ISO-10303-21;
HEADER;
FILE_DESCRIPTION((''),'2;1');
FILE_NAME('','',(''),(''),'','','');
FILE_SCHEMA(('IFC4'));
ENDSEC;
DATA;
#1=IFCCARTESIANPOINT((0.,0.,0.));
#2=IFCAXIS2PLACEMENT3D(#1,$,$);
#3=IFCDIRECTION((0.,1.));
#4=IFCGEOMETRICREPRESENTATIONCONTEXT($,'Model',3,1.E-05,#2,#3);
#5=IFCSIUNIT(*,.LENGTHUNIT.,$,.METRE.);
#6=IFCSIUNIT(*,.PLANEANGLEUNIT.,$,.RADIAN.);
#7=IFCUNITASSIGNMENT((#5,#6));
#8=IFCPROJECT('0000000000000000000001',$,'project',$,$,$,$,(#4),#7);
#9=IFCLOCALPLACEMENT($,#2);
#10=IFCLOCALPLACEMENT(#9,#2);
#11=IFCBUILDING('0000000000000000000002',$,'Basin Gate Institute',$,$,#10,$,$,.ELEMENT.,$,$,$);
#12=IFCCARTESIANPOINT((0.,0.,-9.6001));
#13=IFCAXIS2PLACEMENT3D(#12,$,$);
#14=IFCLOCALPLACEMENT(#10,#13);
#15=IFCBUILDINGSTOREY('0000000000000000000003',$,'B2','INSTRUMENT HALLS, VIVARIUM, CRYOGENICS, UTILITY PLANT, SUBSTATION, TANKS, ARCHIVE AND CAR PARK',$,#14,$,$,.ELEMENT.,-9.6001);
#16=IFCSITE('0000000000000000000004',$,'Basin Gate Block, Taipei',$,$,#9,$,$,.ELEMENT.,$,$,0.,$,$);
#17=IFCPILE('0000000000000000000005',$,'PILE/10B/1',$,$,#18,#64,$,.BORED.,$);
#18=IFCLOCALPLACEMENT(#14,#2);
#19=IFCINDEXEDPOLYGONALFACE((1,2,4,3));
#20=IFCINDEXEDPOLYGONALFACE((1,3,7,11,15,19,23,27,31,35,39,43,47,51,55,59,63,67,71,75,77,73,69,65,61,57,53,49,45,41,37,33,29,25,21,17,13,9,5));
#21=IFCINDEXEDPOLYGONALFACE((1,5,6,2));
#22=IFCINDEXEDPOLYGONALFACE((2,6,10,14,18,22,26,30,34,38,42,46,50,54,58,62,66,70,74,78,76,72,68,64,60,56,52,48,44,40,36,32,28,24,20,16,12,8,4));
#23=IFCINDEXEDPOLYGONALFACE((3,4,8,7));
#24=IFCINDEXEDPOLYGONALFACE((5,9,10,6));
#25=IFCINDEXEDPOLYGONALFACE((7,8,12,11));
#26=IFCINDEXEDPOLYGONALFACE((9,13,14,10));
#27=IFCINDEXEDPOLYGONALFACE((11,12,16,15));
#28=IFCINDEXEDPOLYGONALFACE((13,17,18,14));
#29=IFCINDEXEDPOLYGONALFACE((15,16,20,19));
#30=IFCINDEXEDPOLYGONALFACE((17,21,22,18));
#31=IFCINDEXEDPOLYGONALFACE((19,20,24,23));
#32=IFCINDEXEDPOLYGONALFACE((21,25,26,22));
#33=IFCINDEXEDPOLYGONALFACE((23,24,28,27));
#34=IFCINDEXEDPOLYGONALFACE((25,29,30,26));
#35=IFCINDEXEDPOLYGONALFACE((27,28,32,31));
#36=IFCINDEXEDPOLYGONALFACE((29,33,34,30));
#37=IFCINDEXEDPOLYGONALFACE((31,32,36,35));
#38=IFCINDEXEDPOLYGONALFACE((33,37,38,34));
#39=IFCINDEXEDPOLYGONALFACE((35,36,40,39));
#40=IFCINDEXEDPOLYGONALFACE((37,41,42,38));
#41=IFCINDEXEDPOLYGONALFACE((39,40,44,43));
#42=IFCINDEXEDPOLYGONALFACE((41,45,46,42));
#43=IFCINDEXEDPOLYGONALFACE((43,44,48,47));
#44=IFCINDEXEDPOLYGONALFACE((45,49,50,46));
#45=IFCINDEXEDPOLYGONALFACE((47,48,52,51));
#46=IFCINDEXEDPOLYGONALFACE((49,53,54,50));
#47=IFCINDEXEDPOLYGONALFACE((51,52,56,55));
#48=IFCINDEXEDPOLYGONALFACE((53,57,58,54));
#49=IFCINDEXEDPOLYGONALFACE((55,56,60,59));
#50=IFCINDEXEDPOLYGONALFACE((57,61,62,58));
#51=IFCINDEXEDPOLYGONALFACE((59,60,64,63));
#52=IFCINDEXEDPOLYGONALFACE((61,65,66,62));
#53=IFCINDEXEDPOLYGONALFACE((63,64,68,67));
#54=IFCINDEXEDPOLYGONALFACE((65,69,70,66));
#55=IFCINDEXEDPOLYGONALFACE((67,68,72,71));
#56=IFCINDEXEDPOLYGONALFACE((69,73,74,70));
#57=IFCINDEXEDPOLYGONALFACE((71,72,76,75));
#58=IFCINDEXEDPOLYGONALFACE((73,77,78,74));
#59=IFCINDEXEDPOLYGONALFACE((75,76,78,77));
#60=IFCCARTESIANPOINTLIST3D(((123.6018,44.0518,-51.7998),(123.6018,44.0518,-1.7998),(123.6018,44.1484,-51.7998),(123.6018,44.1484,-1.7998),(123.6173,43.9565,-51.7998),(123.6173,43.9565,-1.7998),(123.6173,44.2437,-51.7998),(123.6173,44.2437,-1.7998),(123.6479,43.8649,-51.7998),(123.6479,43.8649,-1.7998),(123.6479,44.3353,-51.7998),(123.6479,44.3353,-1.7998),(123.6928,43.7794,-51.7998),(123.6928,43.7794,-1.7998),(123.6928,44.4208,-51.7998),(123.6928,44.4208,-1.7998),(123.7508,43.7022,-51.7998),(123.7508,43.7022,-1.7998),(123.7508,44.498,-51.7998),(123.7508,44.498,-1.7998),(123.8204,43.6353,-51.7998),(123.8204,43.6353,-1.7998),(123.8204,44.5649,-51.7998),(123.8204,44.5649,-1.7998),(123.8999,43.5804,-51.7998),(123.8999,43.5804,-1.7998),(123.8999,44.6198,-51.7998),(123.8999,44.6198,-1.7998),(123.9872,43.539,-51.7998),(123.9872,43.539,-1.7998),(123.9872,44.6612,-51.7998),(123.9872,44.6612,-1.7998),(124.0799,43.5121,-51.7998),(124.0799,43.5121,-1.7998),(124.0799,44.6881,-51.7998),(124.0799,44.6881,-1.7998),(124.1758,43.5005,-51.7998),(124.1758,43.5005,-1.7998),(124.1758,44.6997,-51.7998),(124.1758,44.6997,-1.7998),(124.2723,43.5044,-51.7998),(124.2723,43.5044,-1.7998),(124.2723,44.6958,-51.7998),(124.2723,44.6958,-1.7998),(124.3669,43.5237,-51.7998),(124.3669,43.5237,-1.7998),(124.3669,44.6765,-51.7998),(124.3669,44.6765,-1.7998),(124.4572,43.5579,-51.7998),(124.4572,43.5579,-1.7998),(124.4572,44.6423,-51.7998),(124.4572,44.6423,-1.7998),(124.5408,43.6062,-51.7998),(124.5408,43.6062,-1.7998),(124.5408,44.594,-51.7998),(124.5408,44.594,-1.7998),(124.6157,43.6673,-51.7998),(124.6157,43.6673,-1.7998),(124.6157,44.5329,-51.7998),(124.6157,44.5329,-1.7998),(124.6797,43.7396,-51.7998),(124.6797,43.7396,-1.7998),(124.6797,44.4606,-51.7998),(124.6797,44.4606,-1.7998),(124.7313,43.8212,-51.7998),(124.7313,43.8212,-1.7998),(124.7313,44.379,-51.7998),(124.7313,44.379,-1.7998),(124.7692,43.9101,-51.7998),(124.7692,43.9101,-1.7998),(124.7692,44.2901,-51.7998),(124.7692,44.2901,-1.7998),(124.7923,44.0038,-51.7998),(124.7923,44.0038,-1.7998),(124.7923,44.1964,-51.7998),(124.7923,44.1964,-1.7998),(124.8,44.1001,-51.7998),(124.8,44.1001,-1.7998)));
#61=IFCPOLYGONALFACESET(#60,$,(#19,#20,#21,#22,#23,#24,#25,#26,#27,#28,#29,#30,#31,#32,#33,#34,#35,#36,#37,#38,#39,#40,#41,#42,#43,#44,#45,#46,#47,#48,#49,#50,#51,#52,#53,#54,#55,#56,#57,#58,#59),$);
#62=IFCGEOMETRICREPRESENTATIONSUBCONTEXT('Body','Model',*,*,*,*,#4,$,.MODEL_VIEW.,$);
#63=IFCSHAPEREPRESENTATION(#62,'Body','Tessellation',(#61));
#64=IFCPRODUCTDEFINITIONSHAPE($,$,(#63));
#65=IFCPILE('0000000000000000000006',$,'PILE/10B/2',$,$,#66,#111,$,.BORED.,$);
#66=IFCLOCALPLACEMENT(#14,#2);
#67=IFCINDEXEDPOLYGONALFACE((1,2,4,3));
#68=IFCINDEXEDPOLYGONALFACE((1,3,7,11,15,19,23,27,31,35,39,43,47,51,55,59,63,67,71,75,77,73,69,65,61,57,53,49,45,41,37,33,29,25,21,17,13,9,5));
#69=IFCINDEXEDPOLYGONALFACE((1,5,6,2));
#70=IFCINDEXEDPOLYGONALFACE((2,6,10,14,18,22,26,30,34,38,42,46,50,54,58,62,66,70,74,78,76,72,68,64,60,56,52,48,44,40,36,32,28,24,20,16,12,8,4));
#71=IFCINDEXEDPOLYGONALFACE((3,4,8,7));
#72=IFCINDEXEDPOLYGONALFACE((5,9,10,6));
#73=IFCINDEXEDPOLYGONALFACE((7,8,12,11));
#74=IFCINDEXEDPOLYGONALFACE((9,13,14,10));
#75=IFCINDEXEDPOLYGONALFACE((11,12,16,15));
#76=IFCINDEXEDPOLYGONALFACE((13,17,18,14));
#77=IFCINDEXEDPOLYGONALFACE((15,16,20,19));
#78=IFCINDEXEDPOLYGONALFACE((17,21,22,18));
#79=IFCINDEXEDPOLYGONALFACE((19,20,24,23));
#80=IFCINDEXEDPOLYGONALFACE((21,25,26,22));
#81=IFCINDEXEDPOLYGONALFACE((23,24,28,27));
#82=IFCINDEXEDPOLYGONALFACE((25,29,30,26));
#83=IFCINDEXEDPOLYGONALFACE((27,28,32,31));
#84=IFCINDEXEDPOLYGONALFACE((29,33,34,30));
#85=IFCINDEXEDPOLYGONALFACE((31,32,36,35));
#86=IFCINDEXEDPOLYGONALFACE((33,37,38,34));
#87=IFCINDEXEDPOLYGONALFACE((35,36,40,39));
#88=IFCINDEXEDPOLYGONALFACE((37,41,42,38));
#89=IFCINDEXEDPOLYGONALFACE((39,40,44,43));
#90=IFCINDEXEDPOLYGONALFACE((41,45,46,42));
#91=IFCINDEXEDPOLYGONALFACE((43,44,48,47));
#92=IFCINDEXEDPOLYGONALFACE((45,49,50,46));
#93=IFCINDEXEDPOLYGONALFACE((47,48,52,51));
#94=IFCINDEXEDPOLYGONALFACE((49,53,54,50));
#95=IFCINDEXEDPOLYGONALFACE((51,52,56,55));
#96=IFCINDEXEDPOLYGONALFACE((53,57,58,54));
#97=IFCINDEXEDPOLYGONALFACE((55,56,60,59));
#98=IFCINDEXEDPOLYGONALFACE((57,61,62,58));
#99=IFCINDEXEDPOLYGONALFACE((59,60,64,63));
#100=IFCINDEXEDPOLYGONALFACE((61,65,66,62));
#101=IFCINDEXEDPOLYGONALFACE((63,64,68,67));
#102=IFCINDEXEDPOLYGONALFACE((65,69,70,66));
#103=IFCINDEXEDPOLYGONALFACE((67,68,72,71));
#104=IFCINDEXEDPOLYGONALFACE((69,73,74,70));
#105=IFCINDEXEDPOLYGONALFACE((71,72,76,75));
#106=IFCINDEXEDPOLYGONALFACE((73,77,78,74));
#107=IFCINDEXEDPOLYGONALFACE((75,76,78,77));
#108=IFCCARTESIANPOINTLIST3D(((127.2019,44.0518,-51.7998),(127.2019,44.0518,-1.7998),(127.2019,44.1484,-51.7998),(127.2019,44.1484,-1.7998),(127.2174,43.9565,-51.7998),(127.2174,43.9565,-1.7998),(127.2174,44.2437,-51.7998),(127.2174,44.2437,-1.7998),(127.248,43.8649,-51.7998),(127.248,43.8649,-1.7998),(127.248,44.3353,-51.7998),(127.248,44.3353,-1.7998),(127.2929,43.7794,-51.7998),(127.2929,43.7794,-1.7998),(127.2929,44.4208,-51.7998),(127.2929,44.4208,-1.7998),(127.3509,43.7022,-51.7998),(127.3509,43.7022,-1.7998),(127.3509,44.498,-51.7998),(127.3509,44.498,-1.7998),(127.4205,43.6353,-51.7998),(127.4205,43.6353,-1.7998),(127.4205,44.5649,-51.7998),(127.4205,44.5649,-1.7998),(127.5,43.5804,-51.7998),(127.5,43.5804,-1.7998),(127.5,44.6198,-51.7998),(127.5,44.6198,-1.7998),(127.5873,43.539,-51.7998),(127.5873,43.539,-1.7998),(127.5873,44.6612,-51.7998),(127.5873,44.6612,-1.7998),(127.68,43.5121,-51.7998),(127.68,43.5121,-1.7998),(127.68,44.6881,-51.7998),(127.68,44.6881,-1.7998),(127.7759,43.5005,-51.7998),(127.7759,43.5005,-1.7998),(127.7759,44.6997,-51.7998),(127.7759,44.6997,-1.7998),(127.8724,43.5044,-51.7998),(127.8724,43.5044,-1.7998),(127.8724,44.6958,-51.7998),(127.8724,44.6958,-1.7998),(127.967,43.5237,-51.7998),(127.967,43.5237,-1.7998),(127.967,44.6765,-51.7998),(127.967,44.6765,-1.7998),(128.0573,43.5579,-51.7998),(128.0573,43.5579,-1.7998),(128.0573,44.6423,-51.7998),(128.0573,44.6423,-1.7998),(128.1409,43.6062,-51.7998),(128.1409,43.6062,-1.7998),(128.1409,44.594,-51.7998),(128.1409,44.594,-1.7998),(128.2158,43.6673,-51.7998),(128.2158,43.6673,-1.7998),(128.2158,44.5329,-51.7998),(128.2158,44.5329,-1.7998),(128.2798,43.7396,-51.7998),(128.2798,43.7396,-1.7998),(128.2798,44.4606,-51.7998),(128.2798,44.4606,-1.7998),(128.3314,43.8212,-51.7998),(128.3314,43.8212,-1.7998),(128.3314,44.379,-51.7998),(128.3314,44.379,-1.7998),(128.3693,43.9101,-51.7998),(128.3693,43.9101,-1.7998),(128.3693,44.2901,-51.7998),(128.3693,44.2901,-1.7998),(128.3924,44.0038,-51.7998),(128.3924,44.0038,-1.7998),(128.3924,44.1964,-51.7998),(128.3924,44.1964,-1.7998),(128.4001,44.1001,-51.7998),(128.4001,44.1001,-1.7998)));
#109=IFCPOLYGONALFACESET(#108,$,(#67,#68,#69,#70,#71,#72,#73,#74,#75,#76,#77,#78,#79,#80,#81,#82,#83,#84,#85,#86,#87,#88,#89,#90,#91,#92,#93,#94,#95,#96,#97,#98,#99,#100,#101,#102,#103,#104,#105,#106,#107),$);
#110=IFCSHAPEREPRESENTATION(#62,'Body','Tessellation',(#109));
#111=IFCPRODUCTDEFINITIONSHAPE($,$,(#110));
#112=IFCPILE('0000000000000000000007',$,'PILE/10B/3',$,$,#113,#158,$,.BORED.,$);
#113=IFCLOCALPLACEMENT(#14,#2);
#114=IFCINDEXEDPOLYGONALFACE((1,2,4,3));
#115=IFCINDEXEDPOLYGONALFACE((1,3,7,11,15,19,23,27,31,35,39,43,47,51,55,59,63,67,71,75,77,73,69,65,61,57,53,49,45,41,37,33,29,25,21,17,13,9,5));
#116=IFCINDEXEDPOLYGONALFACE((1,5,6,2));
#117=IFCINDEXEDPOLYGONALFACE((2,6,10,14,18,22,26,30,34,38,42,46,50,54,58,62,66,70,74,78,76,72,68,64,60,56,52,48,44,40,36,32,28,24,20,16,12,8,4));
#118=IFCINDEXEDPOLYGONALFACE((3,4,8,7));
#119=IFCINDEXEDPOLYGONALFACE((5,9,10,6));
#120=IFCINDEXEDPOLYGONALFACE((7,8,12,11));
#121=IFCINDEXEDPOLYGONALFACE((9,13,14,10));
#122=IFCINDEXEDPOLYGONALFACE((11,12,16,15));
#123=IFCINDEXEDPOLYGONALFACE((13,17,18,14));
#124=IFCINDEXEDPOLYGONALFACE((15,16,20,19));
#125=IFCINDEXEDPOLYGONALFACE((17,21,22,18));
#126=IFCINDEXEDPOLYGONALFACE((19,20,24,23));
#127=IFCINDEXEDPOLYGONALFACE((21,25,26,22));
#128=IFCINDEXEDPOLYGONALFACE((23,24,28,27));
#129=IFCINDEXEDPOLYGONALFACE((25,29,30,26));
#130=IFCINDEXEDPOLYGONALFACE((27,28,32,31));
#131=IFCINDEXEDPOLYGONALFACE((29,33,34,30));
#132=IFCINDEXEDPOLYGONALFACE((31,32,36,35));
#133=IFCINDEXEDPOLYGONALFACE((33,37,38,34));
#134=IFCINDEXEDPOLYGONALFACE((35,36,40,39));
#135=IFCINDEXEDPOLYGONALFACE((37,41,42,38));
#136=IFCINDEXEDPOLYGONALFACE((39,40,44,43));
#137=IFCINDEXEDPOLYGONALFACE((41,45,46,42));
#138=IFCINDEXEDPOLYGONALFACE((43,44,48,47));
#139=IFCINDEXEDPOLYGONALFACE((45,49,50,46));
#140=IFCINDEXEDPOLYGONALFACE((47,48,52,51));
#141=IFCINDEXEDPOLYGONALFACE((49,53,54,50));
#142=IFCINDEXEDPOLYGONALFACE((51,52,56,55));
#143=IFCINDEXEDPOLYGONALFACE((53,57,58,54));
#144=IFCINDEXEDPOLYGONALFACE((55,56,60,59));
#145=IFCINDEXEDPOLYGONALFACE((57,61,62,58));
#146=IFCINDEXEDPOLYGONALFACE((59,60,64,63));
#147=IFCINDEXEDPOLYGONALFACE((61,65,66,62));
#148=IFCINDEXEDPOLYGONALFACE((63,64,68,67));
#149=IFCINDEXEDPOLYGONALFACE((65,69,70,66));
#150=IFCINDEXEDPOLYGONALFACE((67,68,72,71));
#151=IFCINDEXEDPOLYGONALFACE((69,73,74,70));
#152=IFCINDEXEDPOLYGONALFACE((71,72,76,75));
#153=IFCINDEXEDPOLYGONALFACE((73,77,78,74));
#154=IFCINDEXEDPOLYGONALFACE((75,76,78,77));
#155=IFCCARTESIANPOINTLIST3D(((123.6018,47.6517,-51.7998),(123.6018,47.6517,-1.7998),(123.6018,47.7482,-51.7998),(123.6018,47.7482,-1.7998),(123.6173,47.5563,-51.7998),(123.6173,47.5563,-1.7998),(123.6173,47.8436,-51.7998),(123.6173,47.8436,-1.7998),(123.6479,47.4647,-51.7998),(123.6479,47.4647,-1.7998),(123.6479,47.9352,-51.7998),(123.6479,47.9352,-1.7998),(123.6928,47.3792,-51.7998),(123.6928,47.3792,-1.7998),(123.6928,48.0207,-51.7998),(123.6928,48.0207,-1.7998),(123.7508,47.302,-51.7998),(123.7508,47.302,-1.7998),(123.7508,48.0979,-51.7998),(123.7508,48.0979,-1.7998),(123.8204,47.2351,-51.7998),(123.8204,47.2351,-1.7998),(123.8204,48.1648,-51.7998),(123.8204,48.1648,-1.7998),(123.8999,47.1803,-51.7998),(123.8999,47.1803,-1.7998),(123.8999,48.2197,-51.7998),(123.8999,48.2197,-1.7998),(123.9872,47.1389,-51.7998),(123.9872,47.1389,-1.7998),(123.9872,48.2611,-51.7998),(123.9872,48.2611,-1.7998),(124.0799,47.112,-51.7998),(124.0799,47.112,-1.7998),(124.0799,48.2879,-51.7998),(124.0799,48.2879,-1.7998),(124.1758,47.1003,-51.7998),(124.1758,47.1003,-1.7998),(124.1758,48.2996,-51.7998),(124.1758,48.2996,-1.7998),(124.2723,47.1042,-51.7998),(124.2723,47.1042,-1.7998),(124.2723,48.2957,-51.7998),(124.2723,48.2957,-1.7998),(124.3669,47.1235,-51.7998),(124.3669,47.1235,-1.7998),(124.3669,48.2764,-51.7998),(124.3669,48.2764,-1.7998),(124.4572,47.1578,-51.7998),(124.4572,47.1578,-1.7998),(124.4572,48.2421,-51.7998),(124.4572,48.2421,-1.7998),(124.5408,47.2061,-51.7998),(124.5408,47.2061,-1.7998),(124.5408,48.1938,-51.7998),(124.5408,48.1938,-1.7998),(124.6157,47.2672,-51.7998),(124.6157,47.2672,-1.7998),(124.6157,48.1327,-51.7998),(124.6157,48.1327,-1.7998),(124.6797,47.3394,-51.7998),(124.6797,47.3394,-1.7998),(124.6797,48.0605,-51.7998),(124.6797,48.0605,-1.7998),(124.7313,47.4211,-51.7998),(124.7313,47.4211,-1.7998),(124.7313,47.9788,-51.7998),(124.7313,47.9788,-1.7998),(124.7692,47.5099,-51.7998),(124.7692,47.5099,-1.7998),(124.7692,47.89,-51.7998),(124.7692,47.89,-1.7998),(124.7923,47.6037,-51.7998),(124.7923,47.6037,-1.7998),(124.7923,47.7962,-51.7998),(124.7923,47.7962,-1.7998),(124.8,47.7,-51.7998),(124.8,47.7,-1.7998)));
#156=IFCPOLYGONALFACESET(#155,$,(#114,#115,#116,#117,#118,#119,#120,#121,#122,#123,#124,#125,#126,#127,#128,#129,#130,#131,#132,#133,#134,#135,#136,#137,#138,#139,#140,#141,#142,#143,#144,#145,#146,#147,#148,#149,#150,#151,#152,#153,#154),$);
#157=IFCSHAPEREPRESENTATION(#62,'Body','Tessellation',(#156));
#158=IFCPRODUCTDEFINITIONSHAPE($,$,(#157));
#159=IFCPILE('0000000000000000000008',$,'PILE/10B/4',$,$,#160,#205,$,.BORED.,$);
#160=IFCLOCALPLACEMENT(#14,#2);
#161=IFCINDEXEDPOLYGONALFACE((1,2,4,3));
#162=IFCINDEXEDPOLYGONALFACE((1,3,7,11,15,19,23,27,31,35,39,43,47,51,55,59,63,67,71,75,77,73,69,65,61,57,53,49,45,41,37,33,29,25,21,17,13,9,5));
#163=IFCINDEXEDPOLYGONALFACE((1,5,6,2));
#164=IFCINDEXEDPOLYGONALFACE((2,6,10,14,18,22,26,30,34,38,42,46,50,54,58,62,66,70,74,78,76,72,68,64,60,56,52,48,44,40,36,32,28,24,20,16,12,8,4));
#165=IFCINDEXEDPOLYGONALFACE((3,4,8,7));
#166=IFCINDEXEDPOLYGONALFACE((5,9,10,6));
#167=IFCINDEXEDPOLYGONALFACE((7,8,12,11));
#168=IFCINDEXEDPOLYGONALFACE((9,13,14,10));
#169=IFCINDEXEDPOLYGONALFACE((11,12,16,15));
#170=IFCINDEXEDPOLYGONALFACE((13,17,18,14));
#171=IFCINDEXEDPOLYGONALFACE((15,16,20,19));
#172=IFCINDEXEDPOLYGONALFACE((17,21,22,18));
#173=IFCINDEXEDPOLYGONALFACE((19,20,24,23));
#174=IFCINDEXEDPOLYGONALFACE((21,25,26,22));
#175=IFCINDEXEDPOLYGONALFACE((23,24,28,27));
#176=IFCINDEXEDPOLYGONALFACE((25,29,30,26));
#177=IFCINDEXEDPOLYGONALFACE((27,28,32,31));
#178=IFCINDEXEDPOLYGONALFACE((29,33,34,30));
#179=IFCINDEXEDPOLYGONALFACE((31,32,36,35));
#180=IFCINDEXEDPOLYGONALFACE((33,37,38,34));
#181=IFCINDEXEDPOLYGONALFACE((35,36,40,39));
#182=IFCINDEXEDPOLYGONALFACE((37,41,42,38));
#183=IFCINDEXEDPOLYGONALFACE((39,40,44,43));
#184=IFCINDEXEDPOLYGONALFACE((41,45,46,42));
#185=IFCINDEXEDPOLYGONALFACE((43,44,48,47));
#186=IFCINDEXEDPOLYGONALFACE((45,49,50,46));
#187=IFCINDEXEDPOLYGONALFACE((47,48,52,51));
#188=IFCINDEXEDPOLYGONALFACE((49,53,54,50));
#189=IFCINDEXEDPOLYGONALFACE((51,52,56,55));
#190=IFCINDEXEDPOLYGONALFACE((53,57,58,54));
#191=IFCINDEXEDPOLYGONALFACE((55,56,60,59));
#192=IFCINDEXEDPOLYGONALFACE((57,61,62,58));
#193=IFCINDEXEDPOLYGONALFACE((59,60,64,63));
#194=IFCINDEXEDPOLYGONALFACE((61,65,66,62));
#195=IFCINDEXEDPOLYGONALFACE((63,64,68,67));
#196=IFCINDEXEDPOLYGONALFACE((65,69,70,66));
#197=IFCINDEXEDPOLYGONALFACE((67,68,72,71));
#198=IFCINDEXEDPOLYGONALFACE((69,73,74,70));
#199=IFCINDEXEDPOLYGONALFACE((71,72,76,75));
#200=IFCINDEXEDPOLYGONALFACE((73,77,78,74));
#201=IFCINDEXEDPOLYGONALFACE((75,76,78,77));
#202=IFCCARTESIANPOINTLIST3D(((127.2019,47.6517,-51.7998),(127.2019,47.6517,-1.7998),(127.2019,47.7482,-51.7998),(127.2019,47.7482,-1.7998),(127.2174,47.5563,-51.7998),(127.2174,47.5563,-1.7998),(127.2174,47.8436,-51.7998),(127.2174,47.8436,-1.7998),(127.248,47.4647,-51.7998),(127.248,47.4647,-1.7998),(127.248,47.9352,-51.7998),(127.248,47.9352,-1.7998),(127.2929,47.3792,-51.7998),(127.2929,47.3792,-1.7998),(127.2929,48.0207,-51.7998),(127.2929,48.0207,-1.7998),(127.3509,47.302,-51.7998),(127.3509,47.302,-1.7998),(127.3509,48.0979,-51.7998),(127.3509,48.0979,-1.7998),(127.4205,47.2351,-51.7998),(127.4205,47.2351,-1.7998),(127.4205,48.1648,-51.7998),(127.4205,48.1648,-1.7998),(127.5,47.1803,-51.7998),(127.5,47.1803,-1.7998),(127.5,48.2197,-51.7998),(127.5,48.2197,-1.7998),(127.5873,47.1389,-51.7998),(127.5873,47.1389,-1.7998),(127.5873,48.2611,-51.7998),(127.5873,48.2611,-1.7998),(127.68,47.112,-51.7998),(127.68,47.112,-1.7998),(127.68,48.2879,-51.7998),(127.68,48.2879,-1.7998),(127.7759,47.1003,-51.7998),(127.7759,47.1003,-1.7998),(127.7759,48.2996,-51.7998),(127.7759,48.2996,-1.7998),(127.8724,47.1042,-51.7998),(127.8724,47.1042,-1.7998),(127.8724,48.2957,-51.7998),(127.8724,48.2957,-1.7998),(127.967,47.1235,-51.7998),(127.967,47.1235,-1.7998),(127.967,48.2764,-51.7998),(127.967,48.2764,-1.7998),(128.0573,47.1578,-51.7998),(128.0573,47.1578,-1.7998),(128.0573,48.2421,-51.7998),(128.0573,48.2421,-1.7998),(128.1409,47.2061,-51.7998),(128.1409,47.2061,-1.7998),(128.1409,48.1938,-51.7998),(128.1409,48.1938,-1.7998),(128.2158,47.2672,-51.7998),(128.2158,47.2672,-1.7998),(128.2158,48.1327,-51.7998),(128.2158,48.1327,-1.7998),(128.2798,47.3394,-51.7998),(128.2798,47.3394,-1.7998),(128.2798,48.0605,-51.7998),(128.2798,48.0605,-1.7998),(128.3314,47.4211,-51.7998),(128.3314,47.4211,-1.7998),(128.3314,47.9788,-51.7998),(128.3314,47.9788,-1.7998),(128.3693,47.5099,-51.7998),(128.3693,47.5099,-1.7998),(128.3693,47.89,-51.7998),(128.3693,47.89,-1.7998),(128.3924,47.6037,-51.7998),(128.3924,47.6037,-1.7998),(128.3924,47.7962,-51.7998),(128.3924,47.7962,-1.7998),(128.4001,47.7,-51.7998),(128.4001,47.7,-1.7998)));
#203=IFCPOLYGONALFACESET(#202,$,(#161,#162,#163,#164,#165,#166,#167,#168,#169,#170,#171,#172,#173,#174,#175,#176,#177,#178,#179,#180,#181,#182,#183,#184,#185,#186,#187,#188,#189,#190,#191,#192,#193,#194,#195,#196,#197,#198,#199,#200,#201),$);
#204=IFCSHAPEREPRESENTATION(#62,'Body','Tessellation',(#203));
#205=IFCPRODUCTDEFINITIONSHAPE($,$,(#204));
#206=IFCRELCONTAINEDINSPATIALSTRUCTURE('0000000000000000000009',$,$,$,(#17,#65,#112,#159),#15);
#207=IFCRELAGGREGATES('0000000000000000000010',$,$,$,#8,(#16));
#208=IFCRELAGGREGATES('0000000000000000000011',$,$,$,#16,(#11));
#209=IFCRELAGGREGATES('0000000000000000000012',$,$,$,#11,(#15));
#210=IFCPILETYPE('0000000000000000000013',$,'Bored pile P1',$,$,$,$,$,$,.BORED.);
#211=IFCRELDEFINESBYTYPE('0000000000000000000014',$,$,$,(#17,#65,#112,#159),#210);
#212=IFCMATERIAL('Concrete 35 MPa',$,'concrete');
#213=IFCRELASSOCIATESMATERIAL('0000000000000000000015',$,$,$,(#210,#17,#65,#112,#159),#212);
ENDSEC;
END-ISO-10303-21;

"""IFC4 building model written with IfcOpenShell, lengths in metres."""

from ifc_helpers import new_model, si_unit, direction, frame, origin, origin_2d, place, context, subcontext, project, spatial, circle, extrude, material, material_profile, profile_set, type_object, element, save


model = new_model("IFC4")

# Units and contexts
model_context = context("Model", 3, precision=1e-05, world=origin(), true_north=direction((0.0, 1.0)))
body_context = subcontext(model_context, "Body", "Model", "MODEL_VIEW")
ifc_project = project(units=[si_unit("LENGTHUNIT", "METRE"), si_unit("PLANEANGLEUNIT", "RADIAN")], contexts=[model_context])

# Site, building, storey
site_placement = place(None, origin())
site = spatial("IfcSite", under=ifc_project, at=site_placement, Name="Basin Gate Block, Taipei", CompositionType="ELEMENT", RefElevation=0.0)
building_placement = place(site_placement, origin())
building = spatial("IfcBuilding", under=site, at=building_placement, Name="Basin Gate Institute", CompositionType="ELEMENT")
storey_placement = place(building_placement, frame((0.0, 0.0, -9.6001)))
storey = spatial("IfcBuildingStorey", under=building, at=storey_placement, Name="B2", Description="INSTRUMENT HALLS, VIVARIUM, CRYOGENICS, UTILITY PLANT, SUBSTATION, TANKS, ARCHIVE AND CAR PARK", CompositionType="ELEMENT", Elevation=-9.6001)

# Piles
ifc_material_1 = material(Name="Concrete 35 MPa", Category="concrete")
ifc_material_profile_1 = material_profile(ifc_material_1, circle(Radius=0.6001, at=origin_2d()), Name="Bored pile P1 1200 dia")
ifc_profile_set_1 = profile_set([ifc_material_profile_1], Name="Concrete 35 MPa")
pile_type = type_object("IfcPileType", Name="Bored pile P1", PredefinedType="BORED", material=ifc_profile_set_1)
for number, where, z_axis, x_axis, name in (
    (1, (124.2, 44.1001, -1.7998), (0.0, 0.0, -1.0), (1.0, 0.0, 0.0), "PILE/10B/1"),
    (2, (127.8, 44.1001, -1.7998), (0.0, 0.0, -1.0), (1.0, 0.0, 0.0), "PILE/10B/2"),
    (3, (124.2, 47.7, -1.7998), (0.0, 0.0, -1.0), (1.0, 0.0, 0.0), "PILE/10B/3"),
    (4, (127.8, 47.7, -1.7998), (0.0, 0.0, -1.0), (1.0, 0.0, 0.0), "PILE/10B/4"),
):
    element("IfcPile", number, at=place(storey_placement, frame(where, z_axis=z_axis, x_axis=x_axis)), inside=storey, type_object=pile_type, material=ifc_profile_set_1, Name=name, PredefinedType="BORED", context=body_context, shape_type="SweptSolid", body=[
        extrude(circle(Radius=0.6001, at=origin_2d()), origin(), (0.0, 0.0, 1.0), 50.0),
    ])

save(model, "model.ifc")
